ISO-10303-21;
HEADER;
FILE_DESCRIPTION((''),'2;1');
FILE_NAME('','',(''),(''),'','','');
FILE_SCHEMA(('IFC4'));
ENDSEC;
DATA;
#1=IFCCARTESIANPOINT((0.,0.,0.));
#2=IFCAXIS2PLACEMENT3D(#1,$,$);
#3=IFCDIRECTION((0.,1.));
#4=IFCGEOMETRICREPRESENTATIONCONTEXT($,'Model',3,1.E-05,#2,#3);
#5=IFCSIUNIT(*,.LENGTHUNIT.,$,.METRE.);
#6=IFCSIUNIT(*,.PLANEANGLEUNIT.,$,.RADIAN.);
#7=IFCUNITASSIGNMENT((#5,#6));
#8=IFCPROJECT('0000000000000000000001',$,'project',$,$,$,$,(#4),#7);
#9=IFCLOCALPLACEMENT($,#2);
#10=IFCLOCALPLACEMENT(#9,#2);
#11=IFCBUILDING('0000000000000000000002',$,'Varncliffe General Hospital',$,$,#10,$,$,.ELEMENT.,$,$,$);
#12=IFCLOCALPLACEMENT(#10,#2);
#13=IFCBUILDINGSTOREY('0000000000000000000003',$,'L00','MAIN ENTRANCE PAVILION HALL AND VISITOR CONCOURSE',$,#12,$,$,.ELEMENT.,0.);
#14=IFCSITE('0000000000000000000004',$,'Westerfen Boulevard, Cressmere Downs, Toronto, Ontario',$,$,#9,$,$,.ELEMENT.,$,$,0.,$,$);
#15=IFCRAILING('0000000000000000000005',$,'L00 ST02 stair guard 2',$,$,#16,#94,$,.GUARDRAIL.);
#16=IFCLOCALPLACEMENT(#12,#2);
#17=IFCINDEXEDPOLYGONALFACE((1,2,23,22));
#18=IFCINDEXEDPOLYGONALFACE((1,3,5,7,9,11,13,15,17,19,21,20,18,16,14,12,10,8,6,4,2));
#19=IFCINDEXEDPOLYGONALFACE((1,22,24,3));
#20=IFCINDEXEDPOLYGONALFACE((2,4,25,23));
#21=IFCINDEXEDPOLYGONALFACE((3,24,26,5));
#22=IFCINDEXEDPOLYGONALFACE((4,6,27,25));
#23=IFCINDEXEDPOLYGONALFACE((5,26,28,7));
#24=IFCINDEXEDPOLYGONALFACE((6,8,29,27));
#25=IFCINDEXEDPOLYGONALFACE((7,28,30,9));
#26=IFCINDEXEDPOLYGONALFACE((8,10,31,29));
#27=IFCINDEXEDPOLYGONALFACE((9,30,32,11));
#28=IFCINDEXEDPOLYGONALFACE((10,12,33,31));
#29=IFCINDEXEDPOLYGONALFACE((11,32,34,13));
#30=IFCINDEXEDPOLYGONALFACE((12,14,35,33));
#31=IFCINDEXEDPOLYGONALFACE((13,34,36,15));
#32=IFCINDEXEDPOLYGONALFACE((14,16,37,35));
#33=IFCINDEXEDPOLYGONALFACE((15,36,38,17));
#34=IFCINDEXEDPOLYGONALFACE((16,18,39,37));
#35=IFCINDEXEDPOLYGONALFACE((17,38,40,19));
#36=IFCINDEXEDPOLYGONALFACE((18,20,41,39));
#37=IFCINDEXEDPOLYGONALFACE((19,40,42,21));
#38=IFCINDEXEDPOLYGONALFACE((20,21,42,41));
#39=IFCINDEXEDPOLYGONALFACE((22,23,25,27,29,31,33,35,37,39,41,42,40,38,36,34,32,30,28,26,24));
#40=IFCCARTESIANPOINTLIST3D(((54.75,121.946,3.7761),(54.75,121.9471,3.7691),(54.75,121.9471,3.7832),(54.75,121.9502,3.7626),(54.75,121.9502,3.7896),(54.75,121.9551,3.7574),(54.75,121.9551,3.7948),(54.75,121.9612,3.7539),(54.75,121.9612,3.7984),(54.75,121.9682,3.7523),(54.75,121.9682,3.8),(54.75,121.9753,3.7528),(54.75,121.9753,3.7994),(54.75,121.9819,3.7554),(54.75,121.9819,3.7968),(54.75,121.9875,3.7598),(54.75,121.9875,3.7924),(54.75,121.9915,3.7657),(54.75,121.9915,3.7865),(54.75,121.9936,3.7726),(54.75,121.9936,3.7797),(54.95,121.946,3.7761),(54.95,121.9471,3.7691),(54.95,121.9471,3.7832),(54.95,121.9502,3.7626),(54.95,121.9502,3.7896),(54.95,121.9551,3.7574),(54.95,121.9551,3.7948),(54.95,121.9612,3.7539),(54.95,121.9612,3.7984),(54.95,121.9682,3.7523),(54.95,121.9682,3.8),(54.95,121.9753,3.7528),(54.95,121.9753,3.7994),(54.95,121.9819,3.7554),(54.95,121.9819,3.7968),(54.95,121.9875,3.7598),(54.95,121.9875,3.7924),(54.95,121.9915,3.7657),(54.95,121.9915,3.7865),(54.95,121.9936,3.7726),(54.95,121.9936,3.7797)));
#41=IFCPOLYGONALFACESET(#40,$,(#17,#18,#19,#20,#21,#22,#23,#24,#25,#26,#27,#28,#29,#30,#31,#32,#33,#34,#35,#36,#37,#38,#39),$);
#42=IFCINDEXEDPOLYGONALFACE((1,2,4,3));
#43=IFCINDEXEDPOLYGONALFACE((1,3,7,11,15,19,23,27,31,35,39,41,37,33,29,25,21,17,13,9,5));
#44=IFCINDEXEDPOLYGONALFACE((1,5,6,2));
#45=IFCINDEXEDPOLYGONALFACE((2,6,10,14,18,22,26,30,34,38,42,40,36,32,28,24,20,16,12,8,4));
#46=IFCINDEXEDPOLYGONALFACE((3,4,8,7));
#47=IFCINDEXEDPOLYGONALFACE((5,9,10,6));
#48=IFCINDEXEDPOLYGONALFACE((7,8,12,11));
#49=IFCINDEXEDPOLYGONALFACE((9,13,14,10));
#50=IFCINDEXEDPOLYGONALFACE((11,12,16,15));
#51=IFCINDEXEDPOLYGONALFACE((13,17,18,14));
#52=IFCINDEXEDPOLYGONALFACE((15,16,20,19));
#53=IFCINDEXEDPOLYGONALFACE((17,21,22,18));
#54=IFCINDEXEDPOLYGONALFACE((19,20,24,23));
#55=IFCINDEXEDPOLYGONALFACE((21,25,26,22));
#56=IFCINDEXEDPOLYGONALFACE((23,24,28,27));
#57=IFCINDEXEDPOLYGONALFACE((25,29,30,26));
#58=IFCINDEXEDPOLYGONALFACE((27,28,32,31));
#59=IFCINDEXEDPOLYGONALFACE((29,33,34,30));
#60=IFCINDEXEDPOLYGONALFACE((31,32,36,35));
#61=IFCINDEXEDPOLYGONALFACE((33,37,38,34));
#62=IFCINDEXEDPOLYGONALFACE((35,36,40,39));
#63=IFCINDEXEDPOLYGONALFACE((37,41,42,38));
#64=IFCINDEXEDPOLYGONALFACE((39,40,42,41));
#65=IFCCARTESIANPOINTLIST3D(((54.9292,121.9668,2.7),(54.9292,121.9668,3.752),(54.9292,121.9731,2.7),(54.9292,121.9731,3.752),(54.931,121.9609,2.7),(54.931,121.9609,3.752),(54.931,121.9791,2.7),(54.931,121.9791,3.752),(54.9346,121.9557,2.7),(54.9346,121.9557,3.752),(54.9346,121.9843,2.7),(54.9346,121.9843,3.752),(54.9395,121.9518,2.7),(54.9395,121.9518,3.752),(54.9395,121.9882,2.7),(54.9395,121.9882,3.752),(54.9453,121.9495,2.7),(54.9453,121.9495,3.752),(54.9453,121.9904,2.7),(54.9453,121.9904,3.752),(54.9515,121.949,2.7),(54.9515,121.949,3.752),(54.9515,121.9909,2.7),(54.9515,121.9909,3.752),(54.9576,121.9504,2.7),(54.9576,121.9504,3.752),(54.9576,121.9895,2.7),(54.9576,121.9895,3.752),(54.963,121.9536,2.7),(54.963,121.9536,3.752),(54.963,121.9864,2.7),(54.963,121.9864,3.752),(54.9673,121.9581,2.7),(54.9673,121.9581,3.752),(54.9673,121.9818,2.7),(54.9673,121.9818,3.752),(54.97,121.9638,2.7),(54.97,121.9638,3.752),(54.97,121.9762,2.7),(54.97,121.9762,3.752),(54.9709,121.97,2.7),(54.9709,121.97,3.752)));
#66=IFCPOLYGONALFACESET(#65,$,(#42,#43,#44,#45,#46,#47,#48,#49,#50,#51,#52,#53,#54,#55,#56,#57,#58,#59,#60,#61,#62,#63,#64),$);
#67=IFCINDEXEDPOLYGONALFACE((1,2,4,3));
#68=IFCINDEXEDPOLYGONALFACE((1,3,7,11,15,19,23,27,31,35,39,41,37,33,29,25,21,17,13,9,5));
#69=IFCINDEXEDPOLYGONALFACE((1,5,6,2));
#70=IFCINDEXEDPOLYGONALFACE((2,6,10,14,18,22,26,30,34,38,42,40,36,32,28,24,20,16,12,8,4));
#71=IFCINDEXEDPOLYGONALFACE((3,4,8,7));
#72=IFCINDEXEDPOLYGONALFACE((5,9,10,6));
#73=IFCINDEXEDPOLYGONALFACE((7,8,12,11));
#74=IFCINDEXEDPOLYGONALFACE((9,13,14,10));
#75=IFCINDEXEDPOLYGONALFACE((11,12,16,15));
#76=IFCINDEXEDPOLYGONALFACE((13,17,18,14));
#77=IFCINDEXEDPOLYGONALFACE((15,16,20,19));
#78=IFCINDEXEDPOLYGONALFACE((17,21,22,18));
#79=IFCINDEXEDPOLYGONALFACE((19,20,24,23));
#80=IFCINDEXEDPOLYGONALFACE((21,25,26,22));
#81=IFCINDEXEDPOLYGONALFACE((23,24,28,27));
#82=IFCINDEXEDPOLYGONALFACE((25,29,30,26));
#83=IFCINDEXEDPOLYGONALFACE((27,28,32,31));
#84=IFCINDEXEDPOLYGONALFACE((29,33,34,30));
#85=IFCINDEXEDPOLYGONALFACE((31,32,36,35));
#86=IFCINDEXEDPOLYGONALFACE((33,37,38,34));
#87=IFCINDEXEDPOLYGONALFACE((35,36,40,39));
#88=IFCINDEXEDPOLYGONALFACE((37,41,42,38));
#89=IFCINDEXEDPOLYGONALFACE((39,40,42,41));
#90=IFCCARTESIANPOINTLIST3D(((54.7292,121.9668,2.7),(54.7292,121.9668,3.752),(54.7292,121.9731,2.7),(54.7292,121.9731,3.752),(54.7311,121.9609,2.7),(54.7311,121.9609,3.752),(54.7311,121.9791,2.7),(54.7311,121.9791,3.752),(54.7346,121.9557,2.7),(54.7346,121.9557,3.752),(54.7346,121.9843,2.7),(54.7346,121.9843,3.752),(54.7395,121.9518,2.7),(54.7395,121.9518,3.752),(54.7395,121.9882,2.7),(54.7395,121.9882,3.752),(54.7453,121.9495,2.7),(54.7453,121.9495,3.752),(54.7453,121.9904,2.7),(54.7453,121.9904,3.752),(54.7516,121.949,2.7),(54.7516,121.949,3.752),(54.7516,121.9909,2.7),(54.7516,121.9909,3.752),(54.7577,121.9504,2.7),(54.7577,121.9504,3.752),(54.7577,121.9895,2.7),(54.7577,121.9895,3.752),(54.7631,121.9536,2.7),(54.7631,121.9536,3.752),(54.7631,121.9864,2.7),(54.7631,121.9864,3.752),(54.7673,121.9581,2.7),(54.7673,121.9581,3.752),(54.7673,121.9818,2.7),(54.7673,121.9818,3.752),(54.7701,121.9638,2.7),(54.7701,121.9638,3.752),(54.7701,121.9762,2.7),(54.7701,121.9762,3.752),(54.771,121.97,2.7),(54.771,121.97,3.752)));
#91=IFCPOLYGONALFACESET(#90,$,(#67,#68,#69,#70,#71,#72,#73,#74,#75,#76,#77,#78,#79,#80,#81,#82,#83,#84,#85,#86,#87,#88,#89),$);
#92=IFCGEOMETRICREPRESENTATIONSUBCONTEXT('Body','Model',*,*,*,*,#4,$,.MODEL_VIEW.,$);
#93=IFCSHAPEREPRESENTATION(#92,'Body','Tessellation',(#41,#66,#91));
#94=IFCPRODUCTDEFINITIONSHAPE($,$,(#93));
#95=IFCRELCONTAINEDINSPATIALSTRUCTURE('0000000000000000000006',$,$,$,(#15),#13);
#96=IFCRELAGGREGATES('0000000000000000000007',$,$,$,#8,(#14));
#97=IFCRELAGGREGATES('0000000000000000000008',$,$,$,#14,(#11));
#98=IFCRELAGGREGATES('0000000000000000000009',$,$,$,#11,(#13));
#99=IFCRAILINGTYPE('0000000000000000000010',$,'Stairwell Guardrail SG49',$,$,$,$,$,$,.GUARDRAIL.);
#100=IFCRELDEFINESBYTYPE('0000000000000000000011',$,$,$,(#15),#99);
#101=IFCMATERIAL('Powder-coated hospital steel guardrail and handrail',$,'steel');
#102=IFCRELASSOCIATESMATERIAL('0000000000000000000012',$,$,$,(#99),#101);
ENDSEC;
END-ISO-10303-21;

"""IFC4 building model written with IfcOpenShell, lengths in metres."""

from ifc_helpers import new_model, si_unit, direction, frame, origin, origin_2d, place, context, subcontext, project, spatial, circle, extrude, material, type_object, element, save


model = new_model("IFC4")

# Units and contexts
model_context = context("Model", 3, precision=1e-05, world=origin(), true_north=direction((0.0, 1.0)))
body_context = subcontext(model_context, "Body", "Model", "MODEL_VIEW")
ifc_project = project(units=[si_unit("LENGTHUNIT", "METRE"), si_unit("PLANEANGLEUNIT", "RADIAN")], contexts=[model_context])

# Site, building, storey
site_placement = place(None, origin())
site = spatial("IfcSite", under=ifc_project, at=site_placement, Name="Westerfen Boulevard, Cressmere Downs, Toronto, Ontario", CompositionType="ELEMENT", RefElevation=0.0)
building_placement = place(site_placement, origin())
building = spatial("IfcBuilding", under=site, at=building_placement, Name="Varncliffe General Hospital", CompositionType="ELEMENT")
storey_placement = place(building_placement, origin())
storey = spatial("IfcBuildingStorey", under=building, at=storey_placement, Name="L00", Description="MAIN ENTRANCE PAVILION HALL AND VISITOR CONCOURSE", CompositionType="ELEMENT", Elevation=0.0)

# Railing
ifc_material_1 = material(Name="Powder-coated hospital steel guardrail and handrail", Category="steel")
railing_type_1 = type_object("IfcRailingType", Name="Stairwell Guardrail SG49", PredefinedType="GUARDRAIL", material=ifc_material_1)
railing_1_placement = place(storey_placement, frame((54.95, 121.97, 2.7)))
element("IfcRailing", 1, at=railing_1_placement, inside=storey, type_object=railing_type_1, Name="L00 ST02 stair guard 2", PredefinedType="GUARDRAIL", context=body_context, shape_type="SweptSolid", body=[
    extrude(circle(Radius=0.0239, at=origin_2d()), frame((0.0, 0.0, 1.0762), z_axis=(-1.0, 0.0, 0.0), x_axis=(0.0, -1.0, 0.0)), (0.0, 0.0, 1.0), 0.2),
    extrude(circle(Radius=0.021, at=origin_2d()), origin(), (0.0, 0.0, 1.0), 1.052),
    extrude(circle(Radius=0.021, at=origin_2d()), frame((-0.2, 0.0, 0.0)), (0.0, 0.0, 1.0), 1.052),
])

save(model, "model.ifc")
